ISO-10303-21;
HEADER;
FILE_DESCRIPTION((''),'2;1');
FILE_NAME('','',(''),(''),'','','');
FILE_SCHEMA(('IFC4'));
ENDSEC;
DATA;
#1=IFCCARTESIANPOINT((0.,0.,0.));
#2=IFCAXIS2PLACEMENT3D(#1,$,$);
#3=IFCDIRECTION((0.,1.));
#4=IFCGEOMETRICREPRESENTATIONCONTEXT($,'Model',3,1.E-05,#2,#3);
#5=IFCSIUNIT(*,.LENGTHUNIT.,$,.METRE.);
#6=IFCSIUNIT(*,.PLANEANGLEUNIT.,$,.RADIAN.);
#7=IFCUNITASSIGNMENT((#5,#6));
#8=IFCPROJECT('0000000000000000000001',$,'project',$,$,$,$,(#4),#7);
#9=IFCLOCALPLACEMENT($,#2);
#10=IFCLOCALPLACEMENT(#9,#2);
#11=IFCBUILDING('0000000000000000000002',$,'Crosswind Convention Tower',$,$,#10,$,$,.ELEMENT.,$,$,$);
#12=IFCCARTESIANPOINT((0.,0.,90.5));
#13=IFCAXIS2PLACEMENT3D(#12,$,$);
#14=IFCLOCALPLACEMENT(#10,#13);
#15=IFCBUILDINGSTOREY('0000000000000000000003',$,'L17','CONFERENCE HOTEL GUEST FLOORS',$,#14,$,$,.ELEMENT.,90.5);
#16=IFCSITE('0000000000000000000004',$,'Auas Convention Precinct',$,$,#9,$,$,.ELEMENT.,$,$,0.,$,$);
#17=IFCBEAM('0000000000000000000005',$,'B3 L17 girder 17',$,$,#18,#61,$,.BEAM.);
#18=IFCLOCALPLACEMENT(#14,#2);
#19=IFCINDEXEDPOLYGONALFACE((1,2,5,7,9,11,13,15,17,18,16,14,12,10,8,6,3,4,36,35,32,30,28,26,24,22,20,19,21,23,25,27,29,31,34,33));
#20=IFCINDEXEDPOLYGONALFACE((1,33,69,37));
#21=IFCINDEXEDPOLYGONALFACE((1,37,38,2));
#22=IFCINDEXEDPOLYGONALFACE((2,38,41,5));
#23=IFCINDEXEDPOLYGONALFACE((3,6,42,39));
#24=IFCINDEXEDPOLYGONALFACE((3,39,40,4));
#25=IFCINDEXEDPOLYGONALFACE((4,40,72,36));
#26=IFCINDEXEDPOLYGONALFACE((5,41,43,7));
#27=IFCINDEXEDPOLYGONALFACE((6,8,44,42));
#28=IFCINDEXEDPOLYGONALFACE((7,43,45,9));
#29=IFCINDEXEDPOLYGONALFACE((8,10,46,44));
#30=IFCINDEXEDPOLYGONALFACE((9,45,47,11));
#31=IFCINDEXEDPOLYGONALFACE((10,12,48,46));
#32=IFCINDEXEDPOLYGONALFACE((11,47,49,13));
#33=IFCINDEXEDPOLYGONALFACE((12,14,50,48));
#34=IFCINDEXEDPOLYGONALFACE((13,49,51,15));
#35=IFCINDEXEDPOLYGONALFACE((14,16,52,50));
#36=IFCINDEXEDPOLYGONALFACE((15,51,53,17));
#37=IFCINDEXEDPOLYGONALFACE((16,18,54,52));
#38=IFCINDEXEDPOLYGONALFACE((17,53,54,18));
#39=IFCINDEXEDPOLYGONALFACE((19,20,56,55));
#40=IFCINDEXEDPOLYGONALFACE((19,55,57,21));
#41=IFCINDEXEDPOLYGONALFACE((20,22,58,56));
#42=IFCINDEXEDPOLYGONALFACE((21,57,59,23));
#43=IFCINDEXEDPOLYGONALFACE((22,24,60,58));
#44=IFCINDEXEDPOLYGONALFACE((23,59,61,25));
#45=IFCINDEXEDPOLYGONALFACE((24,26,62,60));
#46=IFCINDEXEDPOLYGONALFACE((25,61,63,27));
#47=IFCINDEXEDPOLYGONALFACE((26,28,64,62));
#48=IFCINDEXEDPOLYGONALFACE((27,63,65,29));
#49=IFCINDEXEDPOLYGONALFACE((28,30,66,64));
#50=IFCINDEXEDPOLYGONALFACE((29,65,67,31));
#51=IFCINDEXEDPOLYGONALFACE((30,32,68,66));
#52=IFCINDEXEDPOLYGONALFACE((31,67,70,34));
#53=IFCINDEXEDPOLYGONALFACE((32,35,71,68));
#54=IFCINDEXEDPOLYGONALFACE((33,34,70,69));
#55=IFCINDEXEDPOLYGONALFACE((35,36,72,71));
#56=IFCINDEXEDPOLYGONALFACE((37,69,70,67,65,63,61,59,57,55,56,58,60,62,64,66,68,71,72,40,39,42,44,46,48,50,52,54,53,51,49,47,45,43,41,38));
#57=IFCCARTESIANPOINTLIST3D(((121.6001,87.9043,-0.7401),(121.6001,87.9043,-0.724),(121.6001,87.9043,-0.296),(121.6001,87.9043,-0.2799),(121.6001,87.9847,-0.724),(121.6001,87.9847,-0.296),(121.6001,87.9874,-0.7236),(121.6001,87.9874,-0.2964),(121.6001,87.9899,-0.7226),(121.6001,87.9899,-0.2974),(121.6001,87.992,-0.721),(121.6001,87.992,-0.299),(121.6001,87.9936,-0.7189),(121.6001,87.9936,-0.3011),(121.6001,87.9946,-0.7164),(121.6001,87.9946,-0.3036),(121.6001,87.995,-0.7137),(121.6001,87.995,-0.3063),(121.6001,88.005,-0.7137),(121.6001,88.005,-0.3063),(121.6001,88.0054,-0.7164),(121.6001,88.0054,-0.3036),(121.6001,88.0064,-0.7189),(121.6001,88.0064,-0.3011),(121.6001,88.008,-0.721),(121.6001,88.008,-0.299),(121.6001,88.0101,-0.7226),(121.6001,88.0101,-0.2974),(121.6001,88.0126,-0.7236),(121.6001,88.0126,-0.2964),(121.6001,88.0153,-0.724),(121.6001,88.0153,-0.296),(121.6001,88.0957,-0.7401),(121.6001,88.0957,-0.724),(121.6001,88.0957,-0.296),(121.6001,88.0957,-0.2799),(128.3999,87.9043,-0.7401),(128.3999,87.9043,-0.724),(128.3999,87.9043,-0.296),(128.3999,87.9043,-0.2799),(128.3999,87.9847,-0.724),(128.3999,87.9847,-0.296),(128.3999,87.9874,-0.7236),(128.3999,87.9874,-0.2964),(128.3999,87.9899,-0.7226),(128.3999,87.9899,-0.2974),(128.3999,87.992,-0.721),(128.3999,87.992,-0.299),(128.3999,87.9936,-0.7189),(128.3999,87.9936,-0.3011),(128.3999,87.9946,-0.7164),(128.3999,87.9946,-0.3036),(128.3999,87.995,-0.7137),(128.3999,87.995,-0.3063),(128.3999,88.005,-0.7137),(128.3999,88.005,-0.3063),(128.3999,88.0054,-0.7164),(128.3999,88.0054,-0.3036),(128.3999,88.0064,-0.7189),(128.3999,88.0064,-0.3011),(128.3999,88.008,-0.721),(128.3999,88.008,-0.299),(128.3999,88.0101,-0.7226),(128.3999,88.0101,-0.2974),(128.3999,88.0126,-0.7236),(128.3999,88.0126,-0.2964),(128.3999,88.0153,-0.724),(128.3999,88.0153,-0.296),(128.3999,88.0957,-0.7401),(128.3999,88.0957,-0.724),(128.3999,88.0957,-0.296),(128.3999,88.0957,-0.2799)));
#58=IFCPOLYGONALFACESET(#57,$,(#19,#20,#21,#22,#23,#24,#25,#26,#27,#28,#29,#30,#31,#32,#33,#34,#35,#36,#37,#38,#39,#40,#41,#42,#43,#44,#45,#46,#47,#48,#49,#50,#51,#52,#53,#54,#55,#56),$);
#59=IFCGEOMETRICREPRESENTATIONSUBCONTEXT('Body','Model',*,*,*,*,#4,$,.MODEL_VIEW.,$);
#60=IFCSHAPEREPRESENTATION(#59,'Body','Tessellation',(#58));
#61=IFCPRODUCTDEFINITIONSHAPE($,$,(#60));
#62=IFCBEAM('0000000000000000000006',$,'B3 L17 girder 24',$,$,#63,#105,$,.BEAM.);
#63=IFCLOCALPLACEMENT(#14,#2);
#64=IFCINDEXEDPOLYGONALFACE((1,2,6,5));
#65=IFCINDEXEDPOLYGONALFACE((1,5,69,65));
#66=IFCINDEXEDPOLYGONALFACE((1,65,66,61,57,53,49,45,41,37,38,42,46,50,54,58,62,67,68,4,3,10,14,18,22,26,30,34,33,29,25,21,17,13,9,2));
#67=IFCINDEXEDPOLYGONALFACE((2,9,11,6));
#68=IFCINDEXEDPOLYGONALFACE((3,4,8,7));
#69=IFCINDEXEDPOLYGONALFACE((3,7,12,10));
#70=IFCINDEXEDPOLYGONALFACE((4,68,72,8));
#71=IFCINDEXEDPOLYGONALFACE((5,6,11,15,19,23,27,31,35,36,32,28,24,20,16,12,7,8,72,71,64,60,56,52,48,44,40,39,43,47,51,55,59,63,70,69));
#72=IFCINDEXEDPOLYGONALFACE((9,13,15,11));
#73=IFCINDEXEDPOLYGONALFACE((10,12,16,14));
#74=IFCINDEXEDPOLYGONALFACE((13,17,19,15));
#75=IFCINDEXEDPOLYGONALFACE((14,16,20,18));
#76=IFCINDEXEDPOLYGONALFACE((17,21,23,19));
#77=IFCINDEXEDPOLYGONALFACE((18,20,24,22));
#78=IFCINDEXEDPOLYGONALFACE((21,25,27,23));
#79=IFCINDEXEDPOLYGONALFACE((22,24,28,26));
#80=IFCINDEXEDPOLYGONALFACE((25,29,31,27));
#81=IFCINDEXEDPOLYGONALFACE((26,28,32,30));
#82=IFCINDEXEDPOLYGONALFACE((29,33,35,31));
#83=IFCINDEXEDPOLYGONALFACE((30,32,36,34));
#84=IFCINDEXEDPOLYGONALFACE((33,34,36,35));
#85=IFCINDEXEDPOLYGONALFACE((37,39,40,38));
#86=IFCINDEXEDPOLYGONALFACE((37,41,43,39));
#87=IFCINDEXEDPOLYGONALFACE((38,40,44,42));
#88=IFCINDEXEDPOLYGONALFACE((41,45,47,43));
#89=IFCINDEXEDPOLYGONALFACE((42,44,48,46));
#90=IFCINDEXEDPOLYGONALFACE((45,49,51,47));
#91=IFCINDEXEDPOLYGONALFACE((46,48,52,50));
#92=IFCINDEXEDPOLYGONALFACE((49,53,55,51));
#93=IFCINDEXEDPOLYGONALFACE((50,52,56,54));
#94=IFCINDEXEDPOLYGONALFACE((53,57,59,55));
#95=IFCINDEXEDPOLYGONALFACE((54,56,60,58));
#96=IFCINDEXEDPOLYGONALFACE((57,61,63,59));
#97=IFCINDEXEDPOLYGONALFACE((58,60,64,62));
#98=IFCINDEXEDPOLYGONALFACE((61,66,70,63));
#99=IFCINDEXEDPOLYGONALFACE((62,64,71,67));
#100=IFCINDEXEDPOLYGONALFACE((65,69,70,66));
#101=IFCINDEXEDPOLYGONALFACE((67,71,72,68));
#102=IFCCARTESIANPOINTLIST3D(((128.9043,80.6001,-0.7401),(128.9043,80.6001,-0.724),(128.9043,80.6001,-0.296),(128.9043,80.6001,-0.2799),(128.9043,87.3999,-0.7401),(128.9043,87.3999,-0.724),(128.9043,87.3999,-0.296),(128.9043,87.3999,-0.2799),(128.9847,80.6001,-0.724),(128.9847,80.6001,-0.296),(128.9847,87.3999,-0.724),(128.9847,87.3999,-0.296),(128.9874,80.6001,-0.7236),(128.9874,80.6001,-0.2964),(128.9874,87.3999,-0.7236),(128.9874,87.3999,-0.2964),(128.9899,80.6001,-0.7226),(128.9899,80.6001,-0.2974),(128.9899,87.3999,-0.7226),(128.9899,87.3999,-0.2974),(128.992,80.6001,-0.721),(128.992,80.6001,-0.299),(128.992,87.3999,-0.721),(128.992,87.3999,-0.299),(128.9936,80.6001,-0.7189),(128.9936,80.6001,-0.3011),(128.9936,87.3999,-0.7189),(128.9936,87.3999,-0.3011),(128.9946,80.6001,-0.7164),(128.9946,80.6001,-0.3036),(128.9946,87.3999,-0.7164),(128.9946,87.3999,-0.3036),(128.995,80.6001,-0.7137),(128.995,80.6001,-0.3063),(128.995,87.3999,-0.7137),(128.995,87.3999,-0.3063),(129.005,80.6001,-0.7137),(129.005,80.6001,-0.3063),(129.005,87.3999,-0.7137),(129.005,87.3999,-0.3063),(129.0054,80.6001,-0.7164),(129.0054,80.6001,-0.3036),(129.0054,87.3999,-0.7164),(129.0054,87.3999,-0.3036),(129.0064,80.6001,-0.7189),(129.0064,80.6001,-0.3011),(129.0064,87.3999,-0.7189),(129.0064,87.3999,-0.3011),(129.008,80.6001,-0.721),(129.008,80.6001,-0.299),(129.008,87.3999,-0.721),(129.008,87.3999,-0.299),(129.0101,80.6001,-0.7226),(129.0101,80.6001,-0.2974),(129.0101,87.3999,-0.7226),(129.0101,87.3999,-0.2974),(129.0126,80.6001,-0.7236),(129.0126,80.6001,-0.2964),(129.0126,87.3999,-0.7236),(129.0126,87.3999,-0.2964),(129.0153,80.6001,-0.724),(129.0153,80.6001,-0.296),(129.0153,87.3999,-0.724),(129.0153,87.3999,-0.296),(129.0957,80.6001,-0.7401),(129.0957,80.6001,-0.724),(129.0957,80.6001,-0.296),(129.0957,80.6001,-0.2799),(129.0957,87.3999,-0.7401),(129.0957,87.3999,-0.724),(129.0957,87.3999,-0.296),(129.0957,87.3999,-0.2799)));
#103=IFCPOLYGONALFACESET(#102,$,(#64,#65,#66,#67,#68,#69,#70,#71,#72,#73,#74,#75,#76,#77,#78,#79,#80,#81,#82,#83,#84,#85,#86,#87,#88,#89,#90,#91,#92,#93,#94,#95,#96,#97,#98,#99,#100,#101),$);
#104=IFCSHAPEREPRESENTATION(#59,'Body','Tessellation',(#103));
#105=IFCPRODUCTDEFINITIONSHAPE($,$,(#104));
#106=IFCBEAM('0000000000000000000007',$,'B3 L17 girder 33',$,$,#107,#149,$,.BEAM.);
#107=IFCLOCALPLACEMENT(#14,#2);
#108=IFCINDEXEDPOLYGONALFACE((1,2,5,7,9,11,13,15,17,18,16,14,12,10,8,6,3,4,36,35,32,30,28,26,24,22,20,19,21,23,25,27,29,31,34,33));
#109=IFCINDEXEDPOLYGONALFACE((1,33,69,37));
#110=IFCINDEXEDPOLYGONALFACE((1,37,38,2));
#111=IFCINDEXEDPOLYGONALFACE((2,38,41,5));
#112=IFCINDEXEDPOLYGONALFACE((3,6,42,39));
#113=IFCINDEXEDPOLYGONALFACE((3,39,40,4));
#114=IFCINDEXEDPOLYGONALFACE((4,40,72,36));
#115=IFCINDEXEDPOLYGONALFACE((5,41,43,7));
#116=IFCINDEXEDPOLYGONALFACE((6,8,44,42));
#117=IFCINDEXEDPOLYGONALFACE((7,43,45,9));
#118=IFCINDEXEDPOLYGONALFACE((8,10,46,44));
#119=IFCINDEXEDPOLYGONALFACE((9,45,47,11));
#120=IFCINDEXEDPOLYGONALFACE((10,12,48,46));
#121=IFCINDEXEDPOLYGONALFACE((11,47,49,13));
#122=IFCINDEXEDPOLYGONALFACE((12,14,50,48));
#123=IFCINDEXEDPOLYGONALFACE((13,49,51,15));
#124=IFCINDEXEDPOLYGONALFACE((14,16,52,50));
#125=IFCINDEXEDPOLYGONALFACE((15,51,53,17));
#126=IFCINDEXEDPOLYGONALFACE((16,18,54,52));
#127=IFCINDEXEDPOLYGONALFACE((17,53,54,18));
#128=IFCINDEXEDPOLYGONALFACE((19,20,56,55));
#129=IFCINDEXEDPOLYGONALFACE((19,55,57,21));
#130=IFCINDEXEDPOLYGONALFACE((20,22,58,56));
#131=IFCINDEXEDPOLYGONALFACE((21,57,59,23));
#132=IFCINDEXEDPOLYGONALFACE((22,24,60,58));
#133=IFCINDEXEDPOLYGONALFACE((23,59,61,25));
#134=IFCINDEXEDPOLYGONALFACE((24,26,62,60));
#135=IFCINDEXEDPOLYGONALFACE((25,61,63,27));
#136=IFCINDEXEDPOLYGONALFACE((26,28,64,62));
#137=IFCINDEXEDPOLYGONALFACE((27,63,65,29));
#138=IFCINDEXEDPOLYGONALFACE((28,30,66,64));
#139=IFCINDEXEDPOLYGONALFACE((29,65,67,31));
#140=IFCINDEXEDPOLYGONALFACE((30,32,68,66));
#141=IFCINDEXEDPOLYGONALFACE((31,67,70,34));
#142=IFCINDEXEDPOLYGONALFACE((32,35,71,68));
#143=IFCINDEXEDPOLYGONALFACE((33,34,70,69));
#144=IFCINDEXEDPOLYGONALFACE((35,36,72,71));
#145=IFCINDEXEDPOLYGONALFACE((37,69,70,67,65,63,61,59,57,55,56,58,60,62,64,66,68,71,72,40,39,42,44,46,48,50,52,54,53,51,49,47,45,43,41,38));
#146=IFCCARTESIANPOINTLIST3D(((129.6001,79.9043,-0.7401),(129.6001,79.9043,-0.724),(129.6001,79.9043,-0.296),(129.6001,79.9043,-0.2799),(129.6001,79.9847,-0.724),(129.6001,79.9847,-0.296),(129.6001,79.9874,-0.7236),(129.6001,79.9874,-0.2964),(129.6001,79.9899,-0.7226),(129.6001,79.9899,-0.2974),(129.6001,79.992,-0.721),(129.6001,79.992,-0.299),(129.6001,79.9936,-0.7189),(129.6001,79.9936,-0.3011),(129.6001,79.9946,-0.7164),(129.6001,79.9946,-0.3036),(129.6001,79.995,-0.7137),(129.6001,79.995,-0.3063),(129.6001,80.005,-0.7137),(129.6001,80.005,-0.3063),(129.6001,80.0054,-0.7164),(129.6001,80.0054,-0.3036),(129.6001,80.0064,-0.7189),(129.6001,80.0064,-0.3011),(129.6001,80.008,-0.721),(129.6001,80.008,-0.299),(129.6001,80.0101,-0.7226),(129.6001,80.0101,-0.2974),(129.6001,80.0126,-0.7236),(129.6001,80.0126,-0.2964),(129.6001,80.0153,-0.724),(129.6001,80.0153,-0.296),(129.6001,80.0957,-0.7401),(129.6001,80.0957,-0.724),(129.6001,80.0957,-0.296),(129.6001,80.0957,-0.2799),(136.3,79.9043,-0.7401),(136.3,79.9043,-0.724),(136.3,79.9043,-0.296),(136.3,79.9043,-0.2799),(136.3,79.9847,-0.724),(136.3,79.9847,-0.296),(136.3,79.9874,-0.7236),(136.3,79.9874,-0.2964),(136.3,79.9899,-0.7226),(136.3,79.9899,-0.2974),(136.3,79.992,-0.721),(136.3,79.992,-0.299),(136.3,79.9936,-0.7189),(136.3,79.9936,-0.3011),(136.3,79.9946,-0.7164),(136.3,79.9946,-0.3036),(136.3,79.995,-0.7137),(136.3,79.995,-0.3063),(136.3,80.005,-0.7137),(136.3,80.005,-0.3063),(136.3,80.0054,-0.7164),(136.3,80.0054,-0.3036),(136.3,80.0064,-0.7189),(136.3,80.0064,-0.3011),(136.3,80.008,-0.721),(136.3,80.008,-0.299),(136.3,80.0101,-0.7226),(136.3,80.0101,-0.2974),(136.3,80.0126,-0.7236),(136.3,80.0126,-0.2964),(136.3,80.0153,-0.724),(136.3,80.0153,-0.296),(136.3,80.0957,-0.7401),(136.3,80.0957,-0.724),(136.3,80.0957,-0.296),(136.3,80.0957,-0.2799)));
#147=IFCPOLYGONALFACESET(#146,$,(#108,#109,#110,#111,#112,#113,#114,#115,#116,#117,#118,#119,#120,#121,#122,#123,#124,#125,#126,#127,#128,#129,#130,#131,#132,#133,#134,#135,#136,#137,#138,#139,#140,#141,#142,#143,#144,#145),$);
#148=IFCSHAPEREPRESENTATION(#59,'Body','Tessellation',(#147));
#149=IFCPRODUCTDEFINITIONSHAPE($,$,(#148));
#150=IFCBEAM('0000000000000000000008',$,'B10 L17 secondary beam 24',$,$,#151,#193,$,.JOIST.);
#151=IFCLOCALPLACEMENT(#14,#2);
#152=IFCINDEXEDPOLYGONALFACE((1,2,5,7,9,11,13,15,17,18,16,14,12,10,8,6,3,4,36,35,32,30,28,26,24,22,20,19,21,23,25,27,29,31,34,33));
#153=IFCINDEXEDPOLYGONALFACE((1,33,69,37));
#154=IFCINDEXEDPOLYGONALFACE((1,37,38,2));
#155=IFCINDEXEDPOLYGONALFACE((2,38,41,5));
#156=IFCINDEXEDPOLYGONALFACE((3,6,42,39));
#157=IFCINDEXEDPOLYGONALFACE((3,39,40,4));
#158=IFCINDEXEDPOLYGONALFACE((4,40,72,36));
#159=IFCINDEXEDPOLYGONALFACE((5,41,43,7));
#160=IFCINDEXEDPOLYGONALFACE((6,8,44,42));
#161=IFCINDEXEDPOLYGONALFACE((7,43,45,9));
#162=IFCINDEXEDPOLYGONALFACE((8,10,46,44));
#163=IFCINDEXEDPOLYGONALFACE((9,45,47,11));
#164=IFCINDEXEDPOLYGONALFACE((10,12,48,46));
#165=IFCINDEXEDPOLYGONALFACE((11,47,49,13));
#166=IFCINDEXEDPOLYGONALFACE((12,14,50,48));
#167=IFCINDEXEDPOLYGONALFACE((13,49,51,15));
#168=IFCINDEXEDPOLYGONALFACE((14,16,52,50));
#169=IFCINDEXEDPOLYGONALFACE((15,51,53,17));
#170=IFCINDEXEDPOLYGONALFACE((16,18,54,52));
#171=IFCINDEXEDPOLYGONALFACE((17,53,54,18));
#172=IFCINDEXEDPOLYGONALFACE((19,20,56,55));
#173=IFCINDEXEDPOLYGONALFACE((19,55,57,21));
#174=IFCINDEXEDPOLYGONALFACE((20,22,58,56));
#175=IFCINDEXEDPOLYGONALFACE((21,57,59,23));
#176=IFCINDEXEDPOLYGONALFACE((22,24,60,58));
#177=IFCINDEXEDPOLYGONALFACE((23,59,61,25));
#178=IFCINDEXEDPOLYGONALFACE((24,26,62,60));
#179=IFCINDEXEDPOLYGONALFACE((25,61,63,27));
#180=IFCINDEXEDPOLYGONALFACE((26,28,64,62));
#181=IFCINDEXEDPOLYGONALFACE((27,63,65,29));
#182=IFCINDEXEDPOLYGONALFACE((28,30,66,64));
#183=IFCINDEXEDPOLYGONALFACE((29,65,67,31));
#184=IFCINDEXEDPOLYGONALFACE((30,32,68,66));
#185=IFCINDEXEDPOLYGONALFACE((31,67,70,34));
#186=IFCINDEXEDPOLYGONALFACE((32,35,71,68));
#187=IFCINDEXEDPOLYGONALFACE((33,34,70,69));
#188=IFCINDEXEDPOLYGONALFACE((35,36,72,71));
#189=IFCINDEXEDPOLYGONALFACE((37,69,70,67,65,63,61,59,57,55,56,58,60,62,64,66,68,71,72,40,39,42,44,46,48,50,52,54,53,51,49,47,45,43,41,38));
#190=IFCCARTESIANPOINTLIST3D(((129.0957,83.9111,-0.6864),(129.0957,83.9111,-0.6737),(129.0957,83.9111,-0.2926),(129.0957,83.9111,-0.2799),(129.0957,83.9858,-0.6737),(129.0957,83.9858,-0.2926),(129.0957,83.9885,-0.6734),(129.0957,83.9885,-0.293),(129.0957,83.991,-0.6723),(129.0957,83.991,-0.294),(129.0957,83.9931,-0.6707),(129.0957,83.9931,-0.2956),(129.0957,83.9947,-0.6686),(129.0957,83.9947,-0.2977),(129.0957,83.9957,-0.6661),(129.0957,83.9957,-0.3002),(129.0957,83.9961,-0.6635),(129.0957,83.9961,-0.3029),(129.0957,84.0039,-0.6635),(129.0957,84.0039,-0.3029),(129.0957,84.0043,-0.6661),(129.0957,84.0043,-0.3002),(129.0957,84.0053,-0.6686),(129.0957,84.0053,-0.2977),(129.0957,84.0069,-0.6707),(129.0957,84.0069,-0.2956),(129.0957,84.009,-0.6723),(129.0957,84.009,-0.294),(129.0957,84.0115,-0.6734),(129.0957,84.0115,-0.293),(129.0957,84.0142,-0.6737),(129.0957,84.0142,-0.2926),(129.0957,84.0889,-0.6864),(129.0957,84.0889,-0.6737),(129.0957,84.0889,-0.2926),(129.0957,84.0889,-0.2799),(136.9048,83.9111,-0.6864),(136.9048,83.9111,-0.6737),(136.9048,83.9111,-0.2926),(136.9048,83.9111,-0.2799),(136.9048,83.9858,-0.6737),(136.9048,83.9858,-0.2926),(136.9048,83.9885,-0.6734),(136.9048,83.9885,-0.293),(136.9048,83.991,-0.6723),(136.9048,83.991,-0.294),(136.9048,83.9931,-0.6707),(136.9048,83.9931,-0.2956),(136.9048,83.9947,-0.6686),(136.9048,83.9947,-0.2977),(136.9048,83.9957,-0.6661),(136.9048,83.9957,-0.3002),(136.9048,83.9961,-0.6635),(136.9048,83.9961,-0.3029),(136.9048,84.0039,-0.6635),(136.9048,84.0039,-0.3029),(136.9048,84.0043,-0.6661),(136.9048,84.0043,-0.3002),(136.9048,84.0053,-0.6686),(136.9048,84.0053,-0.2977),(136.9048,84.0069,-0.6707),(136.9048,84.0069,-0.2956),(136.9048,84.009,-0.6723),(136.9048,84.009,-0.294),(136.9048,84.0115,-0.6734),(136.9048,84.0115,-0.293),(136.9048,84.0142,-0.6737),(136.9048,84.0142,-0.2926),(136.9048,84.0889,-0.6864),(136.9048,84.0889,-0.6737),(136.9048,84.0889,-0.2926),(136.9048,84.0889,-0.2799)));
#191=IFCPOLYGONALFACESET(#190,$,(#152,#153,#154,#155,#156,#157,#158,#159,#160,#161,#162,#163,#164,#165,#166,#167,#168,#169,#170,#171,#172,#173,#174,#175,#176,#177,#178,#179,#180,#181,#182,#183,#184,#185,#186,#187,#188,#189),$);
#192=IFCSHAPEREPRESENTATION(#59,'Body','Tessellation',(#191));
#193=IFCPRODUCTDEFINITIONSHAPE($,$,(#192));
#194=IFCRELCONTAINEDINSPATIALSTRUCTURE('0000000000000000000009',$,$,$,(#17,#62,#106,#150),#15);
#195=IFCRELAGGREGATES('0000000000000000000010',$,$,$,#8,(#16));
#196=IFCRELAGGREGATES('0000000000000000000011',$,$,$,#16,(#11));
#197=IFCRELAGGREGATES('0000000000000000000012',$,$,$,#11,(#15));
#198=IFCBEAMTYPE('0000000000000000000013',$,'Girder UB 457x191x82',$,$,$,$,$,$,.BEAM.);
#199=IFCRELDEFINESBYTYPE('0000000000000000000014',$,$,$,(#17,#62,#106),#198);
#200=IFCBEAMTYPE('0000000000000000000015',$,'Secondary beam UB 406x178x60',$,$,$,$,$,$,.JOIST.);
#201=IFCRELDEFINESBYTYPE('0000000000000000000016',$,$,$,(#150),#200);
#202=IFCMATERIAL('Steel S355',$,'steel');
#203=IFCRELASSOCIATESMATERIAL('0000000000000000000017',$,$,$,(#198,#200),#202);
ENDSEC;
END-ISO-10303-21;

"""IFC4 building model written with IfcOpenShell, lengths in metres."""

from ifc_helpers import new_model, si_unit, direction, frame, origin, origin_2d, place, context, subcontext, project, spatial, i_section, extrude, material, material_profile, profile_set, type_object, element, save


model = new_model("IFC4")

# Units and contexts
model_context = context("Model", 3, precision=1e-05, world=origin(), true_north=direction((0.0, 1.0)))
body_context = subcontext(model_context, "Body", "Model", "MODEL_VIEW")
ifc_project = project(units=[si_unit("LENGTHUNIT", "METRE"), si_unit("PLANEANGLEUNIT", "RADIAN")], contexts=[model_context])

# Site, building, storey
site_placement = place(None, origin())
site = spatial("IfcSite", under=ifc_project, at=site_placement, Name="Auas Convention Precinct", CompositionType="ELEMENT", RefElevation=0.0)
building_placement = place(site_placement, origin())
building = spatial("IfcBuilding", under=site, at=building_placement, Name="Crosswind Convention Tower", CompositionType="ELEMENT")
storey_placement = place(building_placement, frame((0.0, 0.0, 90.5)))
storey = spatial("IfcBuildingStorey", under=building, at=storey_placement, Name="L17", Description="CONFERENCE HOTEL GUEST FLOORS", CompositionType="ELEMENT", Elevation=90.5)

# Beams
ifc_material_1 = material(Name="Steel S355", Category="steel")
ifc_material_profile_1 = material_profile(ifc_material_1, i_section(OverallWidth=0.1914, OverallDepth=0.4602, WebThickness=0.01, FlangeThickness=0.0161, FilletRadius=0.0103, at=origin_2d()), Name="UB 457x191x82")
ifc_profile_set_1 = profile_set([ifc_material_profile_1], Name="Steel S355")
beam_type_1 = type_object("IfcBeamType", Name="Girder UB 457x191x82", PredefinedType="BEAM", material=ifc_profile_set_1)
for number, where, z_axis, x_axis, name in (
    (1, (121.6001, 88.0, -0.51), (1.0, 0.0, 0.0), (0.0, 1.0, 0.0), "B3 L17 girder 17"),
    (2, (129.0, 80.6001, -0.51), (0.0, 1.0, 0.0), (-1.0, 0.0, 0.0), "B3 L17 girder 24"),
):
    element("IfcBeam", number, at=place(storey_placement, frame(where, z_axis=z_axis, x_axis=x_axis)), inside=storey, type_object=beam_type_1, Name=name, PredefinedType="BEAM", context=body_context, shape_type="SweptSolid", body=[
        extrude(i_section(OverallWidth=0.1914, OverallDepth=0.4602, WebThickness=0.01, FlangeThickness=0.0161, FilletRadius=0.0103, at=origin_2d()), origin(), (0.0, 0.0, 1.0), 6.7998),
    ])
beam_1_placement = place(storey_placement, frame((129.6001, 80.0, -0.51), z_axis=(1.0, 0.0, 0.0), x_axis=(0.0, 1.0, 0.0)))
element("IfcBeam", 3, at=beam_1_placement, inside=storey, type_object=beam_type_1, Name="B3 L17 girder 33", PredefinedType="BEAM", context=body_context, shape_type="SweptSolid", body=[
    extrude(i_section(OverallWidth=0.1914, OverallDepth=0.4602, WebThickness=0.01, FlangeThickness=0.0161, FilletRadius=0.0103, at=origin_2d()), origin(), (0.0, 0.0, 1.0), 6.7),
])
ifc_material_profile_2 = material_profile(ifc_material_1, i_section(OverallWidth=0.1777, OverallDepth=0.4065, WebThickness=0.0078, FlangeThickness=0.0127, FilletRadius=0.0103, at=origin_2d()), Name="UB 406x178x60")
ifc_profile_set_2 = profile_set([ifc_material_profile_2], Name="Steel S355")
beam_type_2 = type_object("IfcBeamType", Name="Secondary beam UB 406x178x60", PredefinedType="JOIST", material=ifc_profile_set_2)
beam_2_placement = place(storey_placement, frame((129.0957, 84.0, -0.4832), z_axis=(1.0, 0.0, 0.0), x_axis=(0.0, 1.0, 0.0)))
element("IfcBeam", 4, at=beam_2_placement, inside=storey, type_object=beam_type_2, Name="B10 L17 secondary beam 24", PredefinedType="JOIST", context=body_context, shape_type="SweptSolid", body=[
    extrude(i_section(OverallWidth=0.1777, OverallDepth=0.4065, WebThickness=0.0078, FlangeThickness=0.0127, FilletRadius=0.0103, at=origin_2d()), origin(), (0.0, 0.0, 1.0), 7.8091),
])

save(model, "model.ifc")
